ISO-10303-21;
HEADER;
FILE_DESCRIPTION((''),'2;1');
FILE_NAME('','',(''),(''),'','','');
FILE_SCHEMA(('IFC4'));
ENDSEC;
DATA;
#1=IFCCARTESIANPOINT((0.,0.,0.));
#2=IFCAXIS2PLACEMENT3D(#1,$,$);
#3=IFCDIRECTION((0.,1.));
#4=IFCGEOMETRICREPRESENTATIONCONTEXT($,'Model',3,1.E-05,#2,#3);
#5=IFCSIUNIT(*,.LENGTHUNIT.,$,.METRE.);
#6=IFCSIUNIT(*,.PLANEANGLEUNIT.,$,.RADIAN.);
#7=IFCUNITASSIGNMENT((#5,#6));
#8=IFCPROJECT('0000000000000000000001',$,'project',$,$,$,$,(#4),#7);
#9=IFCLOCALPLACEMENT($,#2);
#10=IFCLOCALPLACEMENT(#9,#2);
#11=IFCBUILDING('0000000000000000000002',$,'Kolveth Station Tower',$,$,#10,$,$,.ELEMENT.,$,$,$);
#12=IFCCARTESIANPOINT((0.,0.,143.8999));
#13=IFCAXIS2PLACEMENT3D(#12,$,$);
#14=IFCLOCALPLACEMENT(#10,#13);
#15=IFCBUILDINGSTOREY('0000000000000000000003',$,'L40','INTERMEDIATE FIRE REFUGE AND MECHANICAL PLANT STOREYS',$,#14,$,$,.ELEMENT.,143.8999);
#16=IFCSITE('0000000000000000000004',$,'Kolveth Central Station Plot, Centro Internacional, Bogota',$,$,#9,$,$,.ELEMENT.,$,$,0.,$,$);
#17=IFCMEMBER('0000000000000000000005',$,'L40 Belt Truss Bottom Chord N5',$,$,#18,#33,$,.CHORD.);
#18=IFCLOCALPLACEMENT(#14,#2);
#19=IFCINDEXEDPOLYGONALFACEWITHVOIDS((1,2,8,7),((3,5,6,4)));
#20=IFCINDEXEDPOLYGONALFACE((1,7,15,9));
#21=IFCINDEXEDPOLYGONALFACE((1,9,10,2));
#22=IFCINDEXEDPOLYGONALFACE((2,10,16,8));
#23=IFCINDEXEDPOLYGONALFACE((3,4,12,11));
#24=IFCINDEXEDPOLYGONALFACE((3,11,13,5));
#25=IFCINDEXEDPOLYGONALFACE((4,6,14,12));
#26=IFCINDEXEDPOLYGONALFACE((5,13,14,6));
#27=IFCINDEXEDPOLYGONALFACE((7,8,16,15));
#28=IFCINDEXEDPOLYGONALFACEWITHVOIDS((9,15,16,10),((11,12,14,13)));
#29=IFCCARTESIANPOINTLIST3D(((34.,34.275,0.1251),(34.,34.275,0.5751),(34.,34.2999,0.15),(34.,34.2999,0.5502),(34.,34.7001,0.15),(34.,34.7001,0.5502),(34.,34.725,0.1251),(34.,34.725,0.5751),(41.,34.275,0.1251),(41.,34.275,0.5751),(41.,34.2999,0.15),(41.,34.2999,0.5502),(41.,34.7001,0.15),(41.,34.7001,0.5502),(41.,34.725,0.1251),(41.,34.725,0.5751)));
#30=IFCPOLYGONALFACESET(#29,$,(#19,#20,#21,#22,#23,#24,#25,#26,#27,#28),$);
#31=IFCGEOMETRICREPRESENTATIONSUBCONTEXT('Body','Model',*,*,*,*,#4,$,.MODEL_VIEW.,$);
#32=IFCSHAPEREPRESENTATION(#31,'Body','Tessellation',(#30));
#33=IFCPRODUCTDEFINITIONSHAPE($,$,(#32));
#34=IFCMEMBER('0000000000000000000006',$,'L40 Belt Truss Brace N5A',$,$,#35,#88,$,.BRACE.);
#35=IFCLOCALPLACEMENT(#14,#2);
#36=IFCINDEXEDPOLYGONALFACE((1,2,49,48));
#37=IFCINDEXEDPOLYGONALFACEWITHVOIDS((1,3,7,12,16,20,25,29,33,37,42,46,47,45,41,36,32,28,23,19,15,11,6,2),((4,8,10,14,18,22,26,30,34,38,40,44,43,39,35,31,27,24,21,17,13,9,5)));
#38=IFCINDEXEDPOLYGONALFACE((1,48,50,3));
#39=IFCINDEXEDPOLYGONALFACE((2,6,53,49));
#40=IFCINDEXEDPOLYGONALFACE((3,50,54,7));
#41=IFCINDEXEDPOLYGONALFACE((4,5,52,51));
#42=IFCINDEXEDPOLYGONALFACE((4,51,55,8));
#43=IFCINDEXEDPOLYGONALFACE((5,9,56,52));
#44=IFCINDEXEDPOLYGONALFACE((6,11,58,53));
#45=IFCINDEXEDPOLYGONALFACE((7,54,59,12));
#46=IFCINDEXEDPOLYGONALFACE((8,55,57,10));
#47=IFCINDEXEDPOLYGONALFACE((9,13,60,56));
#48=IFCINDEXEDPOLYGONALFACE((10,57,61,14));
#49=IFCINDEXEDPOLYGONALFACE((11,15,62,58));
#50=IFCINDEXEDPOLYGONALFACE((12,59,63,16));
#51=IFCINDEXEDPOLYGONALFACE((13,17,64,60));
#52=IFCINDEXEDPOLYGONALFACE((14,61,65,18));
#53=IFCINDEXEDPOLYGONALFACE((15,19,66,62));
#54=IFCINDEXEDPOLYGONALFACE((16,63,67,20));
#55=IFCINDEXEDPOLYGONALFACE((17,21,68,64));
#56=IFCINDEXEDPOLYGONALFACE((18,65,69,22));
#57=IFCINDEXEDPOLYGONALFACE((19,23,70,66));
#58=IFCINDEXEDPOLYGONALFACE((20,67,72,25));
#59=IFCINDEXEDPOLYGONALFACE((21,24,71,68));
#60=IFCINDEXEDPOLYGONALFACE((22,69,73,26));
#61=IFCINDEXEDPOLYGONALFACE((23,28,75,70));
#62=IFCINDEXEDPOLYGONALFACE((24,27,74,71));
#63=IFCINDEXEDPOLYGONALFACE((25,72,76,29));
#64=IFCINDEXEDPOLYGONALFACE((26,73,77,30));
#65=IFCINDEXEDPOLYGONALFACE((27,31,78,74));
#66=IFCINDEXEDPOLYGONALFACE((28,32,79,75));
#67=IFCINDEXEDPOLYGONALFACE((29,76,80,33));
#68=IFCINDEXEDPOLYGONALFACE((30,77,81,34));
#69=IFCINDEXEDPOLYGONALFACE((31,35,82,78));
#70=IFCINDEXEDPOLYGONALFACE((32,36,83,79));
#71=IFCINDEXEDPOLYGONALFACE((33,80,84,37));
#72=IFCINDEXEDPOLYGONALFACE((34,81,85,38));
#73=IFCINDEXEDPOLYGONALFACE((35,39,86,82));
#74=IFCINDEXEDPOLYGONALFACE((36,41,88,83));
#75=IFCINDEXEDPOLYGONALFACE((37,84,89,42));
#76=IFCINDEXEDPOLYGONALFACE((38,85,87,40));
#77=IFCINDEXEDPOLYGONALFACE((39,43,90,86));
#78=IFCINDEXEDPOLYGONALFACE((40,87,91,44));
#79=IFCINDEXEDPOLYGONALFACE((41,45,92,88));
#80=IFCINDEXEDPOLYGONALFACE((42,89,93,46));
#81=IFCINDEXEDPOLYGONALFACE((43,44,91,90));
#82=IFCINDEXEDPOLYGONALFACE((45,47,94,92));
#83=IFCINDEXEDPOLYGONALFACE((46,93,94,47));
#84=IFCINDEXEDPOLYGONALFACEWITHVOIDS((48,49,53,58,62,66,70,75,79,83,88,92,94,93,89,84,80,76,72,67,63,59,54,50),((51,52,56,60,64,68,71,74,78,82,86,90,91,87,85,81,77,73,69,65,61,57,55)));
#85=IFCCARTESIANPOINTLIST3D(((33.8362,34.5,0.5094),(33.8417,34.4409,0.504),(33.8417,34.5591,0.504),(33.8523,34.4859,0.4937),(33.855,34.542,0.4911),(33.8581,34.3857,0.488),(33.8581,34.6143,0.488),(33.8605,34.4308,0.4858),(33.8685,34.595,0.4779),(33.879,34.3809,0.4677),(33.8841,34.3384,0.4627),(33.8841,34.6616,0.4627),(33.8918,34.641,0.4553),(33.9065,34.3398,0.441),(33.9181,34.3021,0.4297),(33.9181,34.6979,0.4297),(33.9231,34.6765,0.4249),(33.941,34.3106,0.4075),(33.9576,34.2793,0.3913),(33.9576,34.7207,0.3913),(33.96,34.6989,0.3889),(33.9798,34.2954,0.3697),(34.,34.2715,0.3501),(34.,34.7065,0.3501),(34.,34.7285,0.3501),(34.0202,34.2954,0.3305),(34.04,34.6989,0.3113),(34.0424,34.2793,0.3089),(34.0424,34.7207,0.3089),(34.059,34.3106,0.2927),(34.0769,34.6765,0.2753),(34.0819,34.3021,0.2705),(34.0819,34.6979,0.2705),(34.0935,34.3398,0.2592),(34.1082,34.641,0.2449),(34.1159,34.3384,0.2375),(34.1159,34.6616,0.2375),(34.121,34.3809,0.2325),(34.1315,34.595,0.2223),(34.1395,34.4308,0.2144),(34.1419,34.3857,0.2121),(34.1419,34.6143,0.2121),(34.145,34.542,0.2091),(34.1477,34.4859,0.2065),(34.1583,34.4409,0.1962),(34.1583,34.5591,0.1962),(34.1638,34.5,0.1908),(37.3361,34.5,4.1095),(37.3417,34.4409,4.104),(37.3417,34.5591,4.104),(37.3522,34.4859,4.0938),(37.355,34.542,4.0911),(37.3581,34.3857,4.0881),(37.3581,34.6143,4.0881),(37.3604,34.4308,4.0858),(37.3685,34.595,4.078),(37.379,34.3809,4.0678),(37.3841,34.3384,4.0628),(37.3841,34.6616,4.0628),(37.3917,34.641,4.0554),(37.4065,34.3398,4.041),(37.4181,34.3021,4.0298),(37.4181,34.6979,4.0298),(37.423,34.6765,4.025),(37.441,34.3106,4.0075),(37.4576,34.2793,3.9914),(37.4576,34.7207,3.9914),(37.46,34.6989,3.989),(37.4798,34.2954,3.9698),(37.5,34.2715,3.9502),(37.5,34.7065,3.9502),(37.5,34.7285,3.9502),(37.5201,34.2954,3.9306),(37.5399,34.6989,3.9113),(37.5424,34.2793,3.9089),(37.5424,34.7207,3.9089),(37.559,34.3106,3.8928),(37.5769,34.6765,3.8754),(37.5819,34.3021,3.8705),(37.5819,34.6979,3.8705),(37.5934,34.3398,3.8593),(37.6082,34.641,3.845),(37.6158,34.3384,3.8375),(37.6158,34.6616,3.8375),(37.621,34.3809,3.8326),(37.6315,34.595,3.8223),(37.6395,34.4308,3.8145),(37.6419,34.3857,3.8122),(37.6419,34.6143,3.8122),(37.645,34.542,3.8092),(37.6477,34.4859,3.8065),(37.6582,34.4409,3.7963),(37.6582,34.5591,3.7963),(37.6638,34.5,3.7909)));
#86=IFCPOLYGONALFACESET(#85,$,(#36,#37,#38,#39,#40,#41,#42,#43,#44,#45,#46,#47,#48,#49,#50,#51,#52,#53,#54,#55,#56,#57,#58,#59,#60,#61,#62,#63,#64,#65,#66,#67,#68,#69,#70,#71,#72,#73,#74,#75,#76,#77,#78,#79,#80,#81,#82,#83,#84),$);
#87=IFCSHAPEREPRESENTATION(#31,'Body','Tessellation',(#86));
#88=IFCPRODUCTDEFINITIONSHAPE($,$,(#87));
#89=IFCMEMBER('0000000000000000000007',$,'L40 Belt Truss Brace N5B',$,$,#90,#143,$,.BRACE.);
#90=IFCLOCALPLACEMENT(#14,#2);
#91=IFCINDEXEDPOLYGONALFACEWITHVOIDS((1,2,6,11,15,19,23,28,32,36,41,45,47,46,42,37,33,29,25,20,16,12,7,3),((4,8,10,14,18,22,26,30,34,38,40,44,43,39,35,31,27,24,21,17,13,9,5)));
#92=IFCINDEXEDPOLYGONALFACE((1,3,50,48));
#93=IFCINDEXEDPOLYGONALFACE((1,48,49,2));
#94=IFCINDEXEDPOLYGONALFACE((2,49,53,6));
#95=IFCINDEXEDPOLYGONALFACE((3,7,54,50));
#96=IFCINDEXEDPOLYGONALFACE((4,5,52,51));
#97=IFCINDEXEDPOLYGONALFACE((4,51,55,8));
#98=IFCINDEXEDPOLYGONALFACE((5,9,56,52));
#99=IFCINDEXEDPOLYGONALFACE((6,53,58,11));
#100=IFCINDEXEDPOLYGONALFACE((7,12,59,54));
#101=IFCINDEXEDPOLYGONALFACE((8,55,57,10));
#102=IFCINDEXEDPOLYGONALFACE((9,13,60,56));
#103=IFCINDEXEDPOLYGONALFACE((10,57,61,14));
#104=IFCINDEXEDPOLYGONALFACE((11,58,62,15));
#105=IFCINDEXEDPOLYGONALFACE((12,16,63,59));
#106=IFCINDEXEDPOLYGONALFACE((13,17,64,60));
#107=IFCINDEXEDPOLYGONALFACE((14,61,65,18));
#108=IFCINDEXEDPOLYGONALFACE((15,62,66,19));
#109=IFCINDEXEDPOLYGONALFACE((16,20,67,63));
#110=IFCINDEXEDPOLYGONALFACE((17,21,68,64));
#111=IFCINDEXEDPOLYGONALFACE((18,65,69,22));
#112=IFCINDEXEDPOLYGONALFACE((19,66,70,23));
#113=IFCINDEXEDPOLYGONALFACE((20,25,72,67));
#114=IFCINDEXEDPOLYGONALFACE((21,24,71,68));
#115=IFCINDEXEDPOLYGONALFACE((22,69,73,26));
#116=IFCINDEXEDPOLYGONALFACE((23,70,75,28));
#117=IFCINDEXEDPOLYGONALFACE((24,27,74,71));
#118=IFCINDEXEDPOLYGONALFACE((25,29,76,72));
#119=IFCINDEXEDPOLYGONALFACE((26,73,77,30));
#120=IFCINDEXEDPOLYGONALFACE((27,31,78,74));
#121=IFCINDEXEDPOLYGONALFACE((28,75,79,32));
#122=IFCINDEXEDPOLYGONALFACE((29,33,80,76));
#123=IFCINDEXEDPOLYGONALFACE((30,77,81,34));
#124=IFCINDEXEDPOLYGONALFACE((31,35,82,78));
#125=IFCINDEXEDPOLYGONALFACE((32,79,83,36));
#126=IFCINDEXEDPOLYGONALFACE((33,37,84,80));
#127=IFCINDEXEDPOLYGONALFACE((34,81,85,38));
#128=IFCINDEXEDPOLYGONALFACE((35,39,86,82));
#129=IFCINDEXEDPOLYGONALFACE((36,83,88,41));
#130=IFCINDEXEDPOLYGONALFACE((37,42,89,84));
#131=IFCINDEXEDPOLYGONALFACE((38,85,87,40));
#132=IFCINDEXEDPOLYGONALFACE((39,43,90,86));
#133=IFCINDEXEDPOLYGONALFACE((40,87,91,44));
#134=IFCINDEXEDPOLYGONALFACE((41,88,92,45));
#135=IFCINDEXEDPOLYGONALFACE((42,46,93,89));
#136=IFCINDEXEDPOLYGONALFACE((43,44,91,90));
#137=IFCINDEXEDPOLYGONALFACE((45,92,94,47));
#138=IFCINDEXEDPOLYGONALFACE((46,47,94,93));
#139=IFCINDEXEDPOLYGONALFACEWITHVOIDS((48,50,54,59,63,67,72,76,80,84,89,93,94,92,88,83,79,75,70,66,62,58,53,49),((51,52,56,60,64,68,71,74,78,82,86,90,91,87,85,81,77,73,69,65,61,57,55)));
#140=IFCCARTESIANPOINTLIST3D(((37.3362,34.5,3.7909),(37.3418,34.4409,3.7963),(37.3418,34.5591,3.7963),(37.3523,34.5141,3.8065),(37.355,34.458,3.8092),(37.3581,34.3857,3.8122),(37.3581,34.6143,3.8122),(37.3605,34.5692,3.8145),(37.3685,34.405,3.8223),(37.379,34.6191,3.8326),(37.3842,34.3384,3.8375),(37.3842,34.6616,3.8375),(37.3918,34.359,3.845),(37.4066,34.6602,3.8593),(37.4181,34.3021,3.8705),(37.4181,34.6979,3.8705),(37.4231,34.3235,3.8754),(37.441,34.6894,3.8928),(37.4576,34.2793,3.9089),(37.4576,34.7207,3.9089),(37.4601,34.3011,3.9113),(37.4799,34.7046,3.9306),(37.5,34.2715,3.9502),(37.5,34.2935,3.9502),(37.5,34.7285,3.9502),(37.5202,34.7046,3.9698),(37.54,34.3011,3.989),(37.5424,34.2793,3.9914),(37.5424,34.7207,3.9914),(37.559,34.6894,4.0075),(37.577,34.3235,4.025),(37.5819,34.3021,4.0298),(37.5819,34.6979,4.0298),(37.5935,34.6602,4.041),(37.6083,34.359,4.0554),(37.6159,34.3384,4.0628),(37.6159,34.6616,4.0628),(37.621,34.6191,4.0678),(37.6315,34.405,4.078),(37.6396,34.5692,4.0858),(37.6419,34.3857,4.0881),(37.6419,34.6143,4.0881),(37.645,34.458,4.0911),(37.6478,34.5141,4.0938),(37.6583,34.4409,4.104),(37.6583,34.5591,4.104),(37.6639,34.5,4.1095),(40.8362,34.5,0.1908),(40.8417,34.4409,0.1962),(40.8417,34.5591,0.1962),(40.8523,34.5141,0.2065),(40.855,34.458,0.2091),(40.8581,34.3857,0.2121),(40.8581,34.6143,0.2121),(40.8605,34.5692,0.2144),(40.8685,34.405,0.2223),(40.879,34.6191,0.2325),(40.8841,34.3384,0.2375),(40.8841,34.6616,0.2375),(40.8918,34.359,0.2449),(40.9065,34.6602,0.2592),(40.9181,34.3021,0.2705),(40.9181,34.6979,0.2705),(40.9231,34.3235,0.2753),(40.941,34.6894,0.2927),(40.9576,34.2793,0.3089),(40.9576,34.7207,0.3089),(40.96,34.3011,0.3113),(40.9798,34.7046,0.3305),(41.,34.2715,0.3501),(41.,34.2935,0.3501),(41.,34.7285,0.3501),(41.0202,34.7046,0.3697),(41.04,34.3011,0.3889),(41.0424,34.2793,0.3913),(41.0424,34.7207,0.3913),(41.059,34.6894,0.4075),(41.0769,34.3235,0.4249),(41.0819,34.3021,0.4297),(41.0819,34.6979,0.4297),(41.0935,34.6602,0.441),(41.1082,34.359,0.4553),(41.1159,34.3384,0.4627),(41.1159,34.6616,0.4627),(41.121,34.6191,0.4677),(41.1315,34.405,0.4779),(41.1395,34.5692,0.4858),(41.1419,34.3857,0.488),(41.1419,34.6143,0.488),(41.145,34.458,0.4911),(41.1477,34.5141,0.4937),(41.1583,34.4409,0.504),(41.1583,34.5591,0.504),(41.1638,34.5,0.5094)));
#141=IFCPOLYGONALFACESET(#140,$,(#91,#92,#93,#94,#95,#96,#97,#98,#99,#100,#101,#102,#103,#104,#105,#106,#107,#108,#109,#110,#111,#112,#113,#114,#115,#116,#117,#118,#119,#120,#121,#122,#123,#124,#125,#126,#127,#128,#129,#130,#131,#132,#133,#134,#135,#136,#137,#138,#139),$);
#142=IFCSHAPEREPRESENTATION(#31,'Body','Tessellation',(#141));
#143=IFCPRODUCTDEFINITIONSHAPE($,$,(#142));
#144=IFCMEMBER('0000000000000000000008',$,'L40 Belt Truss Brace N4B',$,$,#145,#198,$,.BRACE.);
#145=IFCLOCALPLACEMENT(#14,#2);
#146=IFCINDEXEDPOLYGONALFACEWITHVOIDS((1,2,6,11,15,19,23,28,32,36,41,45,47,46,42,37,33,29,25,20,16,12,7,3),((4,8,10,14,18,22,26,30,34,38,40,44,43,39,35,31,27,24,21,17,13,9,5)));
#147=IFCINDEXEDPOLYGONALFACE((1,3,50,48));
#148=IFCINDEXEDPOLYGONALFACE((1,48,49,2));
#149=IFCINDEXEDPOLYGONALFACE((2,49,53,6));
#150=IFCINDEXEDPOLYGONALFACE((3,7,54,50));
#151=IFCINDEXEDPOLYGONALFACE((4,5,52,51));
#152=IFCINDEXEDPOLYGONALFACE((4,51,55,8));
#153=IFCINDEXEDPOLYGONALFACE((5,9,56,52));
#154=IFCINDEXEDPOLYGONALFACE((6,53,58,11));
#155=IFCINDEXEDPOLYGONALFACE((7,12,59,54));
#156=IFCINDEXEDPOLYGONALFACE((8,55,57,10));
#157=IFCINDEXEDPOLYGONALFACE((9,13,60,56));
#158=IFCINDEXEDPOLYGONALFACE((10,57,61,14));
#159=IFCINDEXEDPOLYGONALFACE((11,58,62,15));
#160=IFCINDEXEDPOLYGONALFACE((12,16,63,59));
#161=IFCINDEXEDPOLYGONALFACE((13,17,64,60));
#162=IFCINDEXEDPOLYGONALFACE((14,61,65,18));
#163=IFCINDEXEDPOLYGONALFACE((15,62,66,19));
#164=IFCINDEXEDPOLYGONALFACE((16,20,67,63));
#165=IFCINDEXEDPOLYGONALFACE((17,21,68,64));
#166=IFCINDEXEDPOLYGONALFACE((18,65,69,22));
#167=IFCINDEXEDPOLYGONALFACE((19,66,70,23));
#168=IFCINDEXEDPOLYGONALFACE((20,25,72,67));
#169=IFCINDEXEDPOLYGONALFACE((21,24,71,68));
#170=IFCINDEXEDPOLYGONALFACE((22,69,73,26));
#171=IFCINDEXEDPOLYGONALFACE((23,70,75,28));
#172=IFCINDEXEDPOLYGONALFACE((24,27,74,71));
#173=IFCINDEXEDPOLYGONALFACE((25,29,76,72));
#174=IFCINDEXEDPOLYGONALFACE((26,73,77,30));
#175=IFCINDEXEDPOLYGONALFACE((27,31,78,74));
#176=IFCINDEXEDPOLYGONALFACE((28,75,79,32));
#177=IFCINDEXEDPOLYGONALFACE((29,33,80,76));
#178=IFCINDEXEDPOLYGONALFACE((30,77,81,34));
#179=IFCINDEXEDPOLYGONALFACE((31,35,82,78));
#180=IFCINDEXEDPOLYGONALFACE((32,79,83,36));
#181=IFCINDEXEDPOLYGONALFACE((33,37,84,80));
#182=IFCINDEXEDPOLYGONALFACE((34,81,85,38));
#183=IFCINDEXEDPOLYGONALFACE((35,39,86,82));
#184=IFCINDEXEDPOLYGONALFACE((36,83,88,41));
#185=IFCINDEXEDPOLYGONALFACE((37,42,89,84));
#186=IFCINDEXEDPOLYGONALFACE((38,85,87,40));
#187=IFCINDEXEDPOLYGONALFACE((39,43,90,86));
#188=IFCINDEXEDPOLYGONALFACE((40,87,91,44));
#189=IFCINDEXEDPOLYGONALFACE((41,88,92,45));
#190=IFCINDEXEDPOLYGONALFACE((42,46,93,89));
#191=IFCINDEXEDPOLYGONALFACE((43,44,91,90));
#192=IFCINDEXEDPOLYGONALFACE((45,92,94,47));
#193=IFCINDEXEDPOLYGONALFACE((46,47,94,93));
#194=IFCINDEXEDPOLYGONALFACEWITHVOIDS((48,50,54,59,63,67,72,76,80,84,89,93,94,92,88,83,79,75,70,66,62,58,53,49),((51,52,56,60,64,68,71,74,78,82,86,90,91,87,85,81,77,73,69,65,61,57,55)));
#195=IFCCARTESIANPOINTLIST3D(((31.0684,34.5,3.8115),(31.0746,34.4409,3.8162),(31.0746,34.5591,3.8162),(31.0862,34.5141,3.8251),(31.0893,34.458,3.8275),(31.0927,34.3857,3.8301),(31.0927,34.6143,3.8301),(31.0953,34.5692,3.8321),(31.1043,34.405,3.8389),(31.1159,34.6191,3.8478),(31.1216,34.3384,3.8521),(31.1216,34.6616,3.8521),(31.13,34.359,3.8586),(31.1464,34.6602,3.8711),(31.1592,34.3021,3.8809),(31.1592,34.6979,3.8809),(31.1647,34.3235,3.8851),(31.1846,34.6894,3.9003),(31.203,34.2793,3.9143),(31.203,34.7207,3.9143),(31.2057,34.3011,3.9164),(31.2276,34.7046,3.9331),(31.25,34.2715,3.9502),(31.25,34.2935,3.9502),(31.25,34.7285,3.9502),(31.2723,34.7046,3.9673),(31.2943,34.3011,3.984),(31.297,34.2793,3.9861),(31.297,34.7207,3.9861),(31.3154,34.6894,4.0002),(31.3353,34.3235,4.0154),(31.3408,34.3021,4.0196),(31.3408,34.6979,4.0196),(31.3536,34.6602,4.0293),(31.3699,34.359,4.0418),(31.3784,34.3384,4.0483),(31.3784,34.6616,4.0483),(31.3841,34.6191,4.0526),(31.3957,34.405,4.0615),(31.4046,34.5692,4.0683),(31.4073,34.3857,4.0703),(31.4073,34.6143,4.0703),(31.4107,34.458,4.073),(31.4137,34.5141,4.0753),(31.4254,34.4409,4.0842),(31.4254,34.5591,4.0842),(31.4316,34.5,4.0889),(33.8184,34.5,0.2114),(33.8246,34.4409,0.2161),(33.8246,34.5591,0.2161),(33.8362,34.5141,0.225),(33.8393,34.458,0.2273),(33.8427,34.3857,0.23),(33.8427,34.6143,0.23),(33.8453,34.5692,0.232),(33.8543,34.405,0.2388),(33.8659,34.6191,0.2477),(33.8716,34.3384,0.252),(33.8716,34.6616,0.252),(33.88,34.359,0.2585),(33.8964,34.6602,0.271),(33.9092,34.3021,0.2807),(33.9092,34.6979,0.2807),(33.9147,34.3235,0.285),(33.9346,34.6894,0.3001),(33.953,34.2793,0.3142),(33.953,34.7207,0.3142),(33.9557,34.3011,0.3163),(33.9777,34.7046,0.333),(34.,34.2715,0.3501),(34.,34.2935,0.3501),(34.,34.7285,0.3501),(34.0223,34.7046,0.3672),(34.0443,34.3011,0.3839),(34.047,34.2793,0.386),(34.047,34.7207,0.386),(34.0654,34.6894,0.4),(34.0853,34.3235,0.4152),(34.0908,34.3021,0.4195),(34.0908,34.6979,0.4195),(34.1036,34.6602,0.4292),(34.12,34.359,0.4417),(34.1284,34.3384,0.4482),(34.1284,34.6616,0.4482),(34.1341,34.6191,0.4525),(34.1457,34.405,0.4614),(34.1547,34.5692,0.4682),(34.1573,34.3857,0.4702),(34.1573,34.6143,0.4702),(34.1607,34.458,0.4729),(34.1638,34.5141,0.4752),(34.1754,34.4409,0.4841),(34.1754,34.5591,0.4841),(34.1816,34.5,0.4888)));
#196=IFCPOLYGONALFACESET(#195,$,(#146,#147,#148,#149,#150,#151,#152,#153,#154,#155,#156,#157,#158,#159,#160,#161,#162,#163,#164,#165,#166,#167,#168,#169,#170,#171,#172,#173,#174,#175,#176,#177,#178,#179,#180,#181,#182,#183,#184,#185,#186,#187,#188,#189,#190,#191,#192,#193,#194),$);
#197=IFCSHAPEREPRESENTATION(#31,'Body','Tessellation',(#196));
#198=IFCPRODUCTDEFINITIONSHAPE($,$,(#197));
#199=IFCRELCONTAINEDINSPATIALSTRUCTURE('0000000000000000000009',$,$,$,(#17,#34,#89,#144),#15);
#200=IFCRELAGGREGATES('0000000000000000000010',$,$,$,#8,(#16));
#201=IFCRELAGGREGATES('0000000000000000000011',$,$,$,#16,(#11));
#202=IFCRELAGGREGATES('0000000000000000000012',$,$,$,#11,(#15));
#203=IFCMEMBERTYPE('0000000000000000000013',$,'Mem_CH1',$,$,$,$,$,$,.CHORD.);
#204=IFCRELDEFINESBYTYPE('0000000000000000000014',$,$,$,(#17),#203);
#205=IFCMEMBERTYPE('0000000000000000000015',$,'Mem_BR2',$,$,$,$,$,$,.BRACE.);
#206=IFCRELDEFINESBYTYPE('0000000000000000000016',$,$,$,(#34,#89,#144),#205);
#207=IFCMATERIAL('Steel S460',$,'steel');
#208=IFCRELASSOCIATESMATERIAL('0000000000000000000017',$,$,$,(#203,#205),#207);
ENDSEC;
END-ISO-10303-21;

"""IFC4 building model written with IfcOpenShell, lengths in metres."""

from ifc_helpers import new_model, si_unit, direction, frame, origin, origin_2d, place, context, subcontext, project, spatial, hollow_rectangle, hollow_circle, extrude, source, transform, mapped, material, material_profile, profile_set, type_object, element, save


model = new_model("IFC4")

# Units and contexts
model_context = context("Model", 3, precision=1e-05, world=origin(), true_north=direction((0.0, 1.0)))
body_context = subcontext(model_context, "Body", "Model", "MODEL_VIEW")
ifc_project = project(units=[si_unit("LENGTHUNIT", "METRE"), si_unit("PLANEANGLEUNIT", "RADIAN")], contexts=[model_context])

# Site, building, storey
site_placement = place(None, origin())
site = spatial("IfcSite", under=ifc_project, at=site_placement, Name="Kolveth Central Station Plot, Centro Internacional, Bogota", CompositionType="ELEMENT", RefElevation=0.0)
building_placement = place(site_placement, origin())
building = spatial("IfcBuilding", under=site, at=building_placement, Name="Kolveth Station Tower", CompositionType="ELEMENT")
storey_placement = place(building_placement, frame((0.0, 0.0, 143.8999)))
storey = spatial("IfcBuildingStorey", under=building, at=storey_placement, Name="L40", Description="INTERMEDIATE FIRE REFUGE AND MECHANICAL PLANT STOREYS", CompositionType="ELEMENT", Elevation=143.8999)

# Shared definitions
ifc_material_1 = material(Name="Steel S460", Category="steel")

# Members
ifc_material_profile_1 = material_profile(ifc_material_1, hollow_rectangle(XDim=0.45, YDim=0.45, WallThickness=0.0249, at=origin_2d()), Name="HSS450x450x25")
ifc_profile_set_1 = profile_set([ifc_material_profile_1], Name="Steel S460")
member_type_1 = type_object("IfcMemberType", Name="Mem_CH1", PredefinedType="CHORD", material=ifc_profile_set_1)
shared_shape_1 = source(origin(), body_context, "Body", "SweptSolid", [
    extrude(hollow_rectangle(XDim=0.45, YDim=0.45, WallThickness=0.0249, at=origin_2d()), origin(), (0.0, 0.0, 1.0), 7.0),
])
member_1_placement = place(storey_placement, frame((34.0, 34.5, 0.3501), z_axis=(1.0, 0.0, 0.0), x_axis=(0.0, 1.0, 0.0)))
element("IfcMember", 1, at=member_1_placement, inside=storey, type_object=member_type_1, Name="L40 Belt Truss Bottom Chord N5", PredefinedType="CHORD", context=body_context, shape_type="MappedRepresentation", body=[
    mapped(shared_shape_1, transform((0.0, 0.0, 0.0), x_axis=(1.0, 0.0, 0.0), y_axis=(0.0, 1.0, 0.0), z_axis=(0.0, 0.0, 1.0), scale=1.0)),
])
ifc_material_profile_2 = material_profile(ifc_material_1, hollow_circle(Radius=0.2285, WallThickness=0.022, at=origin_2d()), Name="CHS457x22")
ifc_profile_set_2 = profile_set([ifc_material_profile_2], Name="Steel S460")
member_type_2 = type_object("IfcMemberType", Name="Mem_BR2", PredefinedType="BRACE", material=ifc_profile_set_2)
shared_shape_2 = source(origin(), body_context, "Body", "SweptSolid", [
    extrude(hollow_circle(Radius=0.2285, WallThickness=0.022, at=origin_2d()), origin(), (0.0, 0.0, 1.0), 5.021),
])
for number, where, z_axis, x_axis, name in (
    (2, (34.0, 34.5, 0.3501), (0.697069, 0.0, 0.717004), (0.0, 1.0, 0.0), "L40 Belt Truss Brace N5A"),
    (3, (41.0, 34.5, 0.3501), (-0.697069, 0.0, 0.717004), (0.0, -1.0, 0.0), "L40 Belt Truss Brace N5B"),
):
    element("IfcMember", number, at=place(storey_placement, frame(where, z_axis=z_axis, x_axis=x_axis)), inside=storey, type_object=member_type_2, Name=name, PredefinedType="BRACE", context=body_context, shape_type="MappedRepresentation", body=[
        mapped(shared_shape_2, transform((0.0, 0.0, 0.0), x_axis=(1.0, 0.0, 0.0), y_axis=(0.0, 1.0, 0.0), z_axis=(0.0, 0.0, 1.0), scale=1.0)),
    ])
shared_shape_3 = source(origin(), body_context, "Body", "SweptSolid", [
    extrude(hollow_circle(Radius=0.2285, WallThickness=0.022, at=origin_2d()), origin(), (0.0, 0.0, 1.0), 4.5303),
])
member_2_placement = place(storey_placement, frame((34.0, 34.5, 0.3501), z_axis=(-0.60703, 0.0, 0.794679), x_axis=(0.0, -1.0, 0.0)))
element("IfcMember", 4, at=member_2_placement, inside=storey, type_object=member_type_2, Name="L40 Belt Truss Brace N4B", PredefinedType="BRACE", context=body_context, shape_type="MappedRepresentation", body=[
    mapped(shared_shape_3, transform((0.0, 0.0, 0.0), x_axis=(1.0, 0.0, 0.0), y_axis=(0.0, 1.0, 0.0), z_axis=(0.0, 0.0, 1.0), scale=1.0)),
])

save(model, "model.ifc")
